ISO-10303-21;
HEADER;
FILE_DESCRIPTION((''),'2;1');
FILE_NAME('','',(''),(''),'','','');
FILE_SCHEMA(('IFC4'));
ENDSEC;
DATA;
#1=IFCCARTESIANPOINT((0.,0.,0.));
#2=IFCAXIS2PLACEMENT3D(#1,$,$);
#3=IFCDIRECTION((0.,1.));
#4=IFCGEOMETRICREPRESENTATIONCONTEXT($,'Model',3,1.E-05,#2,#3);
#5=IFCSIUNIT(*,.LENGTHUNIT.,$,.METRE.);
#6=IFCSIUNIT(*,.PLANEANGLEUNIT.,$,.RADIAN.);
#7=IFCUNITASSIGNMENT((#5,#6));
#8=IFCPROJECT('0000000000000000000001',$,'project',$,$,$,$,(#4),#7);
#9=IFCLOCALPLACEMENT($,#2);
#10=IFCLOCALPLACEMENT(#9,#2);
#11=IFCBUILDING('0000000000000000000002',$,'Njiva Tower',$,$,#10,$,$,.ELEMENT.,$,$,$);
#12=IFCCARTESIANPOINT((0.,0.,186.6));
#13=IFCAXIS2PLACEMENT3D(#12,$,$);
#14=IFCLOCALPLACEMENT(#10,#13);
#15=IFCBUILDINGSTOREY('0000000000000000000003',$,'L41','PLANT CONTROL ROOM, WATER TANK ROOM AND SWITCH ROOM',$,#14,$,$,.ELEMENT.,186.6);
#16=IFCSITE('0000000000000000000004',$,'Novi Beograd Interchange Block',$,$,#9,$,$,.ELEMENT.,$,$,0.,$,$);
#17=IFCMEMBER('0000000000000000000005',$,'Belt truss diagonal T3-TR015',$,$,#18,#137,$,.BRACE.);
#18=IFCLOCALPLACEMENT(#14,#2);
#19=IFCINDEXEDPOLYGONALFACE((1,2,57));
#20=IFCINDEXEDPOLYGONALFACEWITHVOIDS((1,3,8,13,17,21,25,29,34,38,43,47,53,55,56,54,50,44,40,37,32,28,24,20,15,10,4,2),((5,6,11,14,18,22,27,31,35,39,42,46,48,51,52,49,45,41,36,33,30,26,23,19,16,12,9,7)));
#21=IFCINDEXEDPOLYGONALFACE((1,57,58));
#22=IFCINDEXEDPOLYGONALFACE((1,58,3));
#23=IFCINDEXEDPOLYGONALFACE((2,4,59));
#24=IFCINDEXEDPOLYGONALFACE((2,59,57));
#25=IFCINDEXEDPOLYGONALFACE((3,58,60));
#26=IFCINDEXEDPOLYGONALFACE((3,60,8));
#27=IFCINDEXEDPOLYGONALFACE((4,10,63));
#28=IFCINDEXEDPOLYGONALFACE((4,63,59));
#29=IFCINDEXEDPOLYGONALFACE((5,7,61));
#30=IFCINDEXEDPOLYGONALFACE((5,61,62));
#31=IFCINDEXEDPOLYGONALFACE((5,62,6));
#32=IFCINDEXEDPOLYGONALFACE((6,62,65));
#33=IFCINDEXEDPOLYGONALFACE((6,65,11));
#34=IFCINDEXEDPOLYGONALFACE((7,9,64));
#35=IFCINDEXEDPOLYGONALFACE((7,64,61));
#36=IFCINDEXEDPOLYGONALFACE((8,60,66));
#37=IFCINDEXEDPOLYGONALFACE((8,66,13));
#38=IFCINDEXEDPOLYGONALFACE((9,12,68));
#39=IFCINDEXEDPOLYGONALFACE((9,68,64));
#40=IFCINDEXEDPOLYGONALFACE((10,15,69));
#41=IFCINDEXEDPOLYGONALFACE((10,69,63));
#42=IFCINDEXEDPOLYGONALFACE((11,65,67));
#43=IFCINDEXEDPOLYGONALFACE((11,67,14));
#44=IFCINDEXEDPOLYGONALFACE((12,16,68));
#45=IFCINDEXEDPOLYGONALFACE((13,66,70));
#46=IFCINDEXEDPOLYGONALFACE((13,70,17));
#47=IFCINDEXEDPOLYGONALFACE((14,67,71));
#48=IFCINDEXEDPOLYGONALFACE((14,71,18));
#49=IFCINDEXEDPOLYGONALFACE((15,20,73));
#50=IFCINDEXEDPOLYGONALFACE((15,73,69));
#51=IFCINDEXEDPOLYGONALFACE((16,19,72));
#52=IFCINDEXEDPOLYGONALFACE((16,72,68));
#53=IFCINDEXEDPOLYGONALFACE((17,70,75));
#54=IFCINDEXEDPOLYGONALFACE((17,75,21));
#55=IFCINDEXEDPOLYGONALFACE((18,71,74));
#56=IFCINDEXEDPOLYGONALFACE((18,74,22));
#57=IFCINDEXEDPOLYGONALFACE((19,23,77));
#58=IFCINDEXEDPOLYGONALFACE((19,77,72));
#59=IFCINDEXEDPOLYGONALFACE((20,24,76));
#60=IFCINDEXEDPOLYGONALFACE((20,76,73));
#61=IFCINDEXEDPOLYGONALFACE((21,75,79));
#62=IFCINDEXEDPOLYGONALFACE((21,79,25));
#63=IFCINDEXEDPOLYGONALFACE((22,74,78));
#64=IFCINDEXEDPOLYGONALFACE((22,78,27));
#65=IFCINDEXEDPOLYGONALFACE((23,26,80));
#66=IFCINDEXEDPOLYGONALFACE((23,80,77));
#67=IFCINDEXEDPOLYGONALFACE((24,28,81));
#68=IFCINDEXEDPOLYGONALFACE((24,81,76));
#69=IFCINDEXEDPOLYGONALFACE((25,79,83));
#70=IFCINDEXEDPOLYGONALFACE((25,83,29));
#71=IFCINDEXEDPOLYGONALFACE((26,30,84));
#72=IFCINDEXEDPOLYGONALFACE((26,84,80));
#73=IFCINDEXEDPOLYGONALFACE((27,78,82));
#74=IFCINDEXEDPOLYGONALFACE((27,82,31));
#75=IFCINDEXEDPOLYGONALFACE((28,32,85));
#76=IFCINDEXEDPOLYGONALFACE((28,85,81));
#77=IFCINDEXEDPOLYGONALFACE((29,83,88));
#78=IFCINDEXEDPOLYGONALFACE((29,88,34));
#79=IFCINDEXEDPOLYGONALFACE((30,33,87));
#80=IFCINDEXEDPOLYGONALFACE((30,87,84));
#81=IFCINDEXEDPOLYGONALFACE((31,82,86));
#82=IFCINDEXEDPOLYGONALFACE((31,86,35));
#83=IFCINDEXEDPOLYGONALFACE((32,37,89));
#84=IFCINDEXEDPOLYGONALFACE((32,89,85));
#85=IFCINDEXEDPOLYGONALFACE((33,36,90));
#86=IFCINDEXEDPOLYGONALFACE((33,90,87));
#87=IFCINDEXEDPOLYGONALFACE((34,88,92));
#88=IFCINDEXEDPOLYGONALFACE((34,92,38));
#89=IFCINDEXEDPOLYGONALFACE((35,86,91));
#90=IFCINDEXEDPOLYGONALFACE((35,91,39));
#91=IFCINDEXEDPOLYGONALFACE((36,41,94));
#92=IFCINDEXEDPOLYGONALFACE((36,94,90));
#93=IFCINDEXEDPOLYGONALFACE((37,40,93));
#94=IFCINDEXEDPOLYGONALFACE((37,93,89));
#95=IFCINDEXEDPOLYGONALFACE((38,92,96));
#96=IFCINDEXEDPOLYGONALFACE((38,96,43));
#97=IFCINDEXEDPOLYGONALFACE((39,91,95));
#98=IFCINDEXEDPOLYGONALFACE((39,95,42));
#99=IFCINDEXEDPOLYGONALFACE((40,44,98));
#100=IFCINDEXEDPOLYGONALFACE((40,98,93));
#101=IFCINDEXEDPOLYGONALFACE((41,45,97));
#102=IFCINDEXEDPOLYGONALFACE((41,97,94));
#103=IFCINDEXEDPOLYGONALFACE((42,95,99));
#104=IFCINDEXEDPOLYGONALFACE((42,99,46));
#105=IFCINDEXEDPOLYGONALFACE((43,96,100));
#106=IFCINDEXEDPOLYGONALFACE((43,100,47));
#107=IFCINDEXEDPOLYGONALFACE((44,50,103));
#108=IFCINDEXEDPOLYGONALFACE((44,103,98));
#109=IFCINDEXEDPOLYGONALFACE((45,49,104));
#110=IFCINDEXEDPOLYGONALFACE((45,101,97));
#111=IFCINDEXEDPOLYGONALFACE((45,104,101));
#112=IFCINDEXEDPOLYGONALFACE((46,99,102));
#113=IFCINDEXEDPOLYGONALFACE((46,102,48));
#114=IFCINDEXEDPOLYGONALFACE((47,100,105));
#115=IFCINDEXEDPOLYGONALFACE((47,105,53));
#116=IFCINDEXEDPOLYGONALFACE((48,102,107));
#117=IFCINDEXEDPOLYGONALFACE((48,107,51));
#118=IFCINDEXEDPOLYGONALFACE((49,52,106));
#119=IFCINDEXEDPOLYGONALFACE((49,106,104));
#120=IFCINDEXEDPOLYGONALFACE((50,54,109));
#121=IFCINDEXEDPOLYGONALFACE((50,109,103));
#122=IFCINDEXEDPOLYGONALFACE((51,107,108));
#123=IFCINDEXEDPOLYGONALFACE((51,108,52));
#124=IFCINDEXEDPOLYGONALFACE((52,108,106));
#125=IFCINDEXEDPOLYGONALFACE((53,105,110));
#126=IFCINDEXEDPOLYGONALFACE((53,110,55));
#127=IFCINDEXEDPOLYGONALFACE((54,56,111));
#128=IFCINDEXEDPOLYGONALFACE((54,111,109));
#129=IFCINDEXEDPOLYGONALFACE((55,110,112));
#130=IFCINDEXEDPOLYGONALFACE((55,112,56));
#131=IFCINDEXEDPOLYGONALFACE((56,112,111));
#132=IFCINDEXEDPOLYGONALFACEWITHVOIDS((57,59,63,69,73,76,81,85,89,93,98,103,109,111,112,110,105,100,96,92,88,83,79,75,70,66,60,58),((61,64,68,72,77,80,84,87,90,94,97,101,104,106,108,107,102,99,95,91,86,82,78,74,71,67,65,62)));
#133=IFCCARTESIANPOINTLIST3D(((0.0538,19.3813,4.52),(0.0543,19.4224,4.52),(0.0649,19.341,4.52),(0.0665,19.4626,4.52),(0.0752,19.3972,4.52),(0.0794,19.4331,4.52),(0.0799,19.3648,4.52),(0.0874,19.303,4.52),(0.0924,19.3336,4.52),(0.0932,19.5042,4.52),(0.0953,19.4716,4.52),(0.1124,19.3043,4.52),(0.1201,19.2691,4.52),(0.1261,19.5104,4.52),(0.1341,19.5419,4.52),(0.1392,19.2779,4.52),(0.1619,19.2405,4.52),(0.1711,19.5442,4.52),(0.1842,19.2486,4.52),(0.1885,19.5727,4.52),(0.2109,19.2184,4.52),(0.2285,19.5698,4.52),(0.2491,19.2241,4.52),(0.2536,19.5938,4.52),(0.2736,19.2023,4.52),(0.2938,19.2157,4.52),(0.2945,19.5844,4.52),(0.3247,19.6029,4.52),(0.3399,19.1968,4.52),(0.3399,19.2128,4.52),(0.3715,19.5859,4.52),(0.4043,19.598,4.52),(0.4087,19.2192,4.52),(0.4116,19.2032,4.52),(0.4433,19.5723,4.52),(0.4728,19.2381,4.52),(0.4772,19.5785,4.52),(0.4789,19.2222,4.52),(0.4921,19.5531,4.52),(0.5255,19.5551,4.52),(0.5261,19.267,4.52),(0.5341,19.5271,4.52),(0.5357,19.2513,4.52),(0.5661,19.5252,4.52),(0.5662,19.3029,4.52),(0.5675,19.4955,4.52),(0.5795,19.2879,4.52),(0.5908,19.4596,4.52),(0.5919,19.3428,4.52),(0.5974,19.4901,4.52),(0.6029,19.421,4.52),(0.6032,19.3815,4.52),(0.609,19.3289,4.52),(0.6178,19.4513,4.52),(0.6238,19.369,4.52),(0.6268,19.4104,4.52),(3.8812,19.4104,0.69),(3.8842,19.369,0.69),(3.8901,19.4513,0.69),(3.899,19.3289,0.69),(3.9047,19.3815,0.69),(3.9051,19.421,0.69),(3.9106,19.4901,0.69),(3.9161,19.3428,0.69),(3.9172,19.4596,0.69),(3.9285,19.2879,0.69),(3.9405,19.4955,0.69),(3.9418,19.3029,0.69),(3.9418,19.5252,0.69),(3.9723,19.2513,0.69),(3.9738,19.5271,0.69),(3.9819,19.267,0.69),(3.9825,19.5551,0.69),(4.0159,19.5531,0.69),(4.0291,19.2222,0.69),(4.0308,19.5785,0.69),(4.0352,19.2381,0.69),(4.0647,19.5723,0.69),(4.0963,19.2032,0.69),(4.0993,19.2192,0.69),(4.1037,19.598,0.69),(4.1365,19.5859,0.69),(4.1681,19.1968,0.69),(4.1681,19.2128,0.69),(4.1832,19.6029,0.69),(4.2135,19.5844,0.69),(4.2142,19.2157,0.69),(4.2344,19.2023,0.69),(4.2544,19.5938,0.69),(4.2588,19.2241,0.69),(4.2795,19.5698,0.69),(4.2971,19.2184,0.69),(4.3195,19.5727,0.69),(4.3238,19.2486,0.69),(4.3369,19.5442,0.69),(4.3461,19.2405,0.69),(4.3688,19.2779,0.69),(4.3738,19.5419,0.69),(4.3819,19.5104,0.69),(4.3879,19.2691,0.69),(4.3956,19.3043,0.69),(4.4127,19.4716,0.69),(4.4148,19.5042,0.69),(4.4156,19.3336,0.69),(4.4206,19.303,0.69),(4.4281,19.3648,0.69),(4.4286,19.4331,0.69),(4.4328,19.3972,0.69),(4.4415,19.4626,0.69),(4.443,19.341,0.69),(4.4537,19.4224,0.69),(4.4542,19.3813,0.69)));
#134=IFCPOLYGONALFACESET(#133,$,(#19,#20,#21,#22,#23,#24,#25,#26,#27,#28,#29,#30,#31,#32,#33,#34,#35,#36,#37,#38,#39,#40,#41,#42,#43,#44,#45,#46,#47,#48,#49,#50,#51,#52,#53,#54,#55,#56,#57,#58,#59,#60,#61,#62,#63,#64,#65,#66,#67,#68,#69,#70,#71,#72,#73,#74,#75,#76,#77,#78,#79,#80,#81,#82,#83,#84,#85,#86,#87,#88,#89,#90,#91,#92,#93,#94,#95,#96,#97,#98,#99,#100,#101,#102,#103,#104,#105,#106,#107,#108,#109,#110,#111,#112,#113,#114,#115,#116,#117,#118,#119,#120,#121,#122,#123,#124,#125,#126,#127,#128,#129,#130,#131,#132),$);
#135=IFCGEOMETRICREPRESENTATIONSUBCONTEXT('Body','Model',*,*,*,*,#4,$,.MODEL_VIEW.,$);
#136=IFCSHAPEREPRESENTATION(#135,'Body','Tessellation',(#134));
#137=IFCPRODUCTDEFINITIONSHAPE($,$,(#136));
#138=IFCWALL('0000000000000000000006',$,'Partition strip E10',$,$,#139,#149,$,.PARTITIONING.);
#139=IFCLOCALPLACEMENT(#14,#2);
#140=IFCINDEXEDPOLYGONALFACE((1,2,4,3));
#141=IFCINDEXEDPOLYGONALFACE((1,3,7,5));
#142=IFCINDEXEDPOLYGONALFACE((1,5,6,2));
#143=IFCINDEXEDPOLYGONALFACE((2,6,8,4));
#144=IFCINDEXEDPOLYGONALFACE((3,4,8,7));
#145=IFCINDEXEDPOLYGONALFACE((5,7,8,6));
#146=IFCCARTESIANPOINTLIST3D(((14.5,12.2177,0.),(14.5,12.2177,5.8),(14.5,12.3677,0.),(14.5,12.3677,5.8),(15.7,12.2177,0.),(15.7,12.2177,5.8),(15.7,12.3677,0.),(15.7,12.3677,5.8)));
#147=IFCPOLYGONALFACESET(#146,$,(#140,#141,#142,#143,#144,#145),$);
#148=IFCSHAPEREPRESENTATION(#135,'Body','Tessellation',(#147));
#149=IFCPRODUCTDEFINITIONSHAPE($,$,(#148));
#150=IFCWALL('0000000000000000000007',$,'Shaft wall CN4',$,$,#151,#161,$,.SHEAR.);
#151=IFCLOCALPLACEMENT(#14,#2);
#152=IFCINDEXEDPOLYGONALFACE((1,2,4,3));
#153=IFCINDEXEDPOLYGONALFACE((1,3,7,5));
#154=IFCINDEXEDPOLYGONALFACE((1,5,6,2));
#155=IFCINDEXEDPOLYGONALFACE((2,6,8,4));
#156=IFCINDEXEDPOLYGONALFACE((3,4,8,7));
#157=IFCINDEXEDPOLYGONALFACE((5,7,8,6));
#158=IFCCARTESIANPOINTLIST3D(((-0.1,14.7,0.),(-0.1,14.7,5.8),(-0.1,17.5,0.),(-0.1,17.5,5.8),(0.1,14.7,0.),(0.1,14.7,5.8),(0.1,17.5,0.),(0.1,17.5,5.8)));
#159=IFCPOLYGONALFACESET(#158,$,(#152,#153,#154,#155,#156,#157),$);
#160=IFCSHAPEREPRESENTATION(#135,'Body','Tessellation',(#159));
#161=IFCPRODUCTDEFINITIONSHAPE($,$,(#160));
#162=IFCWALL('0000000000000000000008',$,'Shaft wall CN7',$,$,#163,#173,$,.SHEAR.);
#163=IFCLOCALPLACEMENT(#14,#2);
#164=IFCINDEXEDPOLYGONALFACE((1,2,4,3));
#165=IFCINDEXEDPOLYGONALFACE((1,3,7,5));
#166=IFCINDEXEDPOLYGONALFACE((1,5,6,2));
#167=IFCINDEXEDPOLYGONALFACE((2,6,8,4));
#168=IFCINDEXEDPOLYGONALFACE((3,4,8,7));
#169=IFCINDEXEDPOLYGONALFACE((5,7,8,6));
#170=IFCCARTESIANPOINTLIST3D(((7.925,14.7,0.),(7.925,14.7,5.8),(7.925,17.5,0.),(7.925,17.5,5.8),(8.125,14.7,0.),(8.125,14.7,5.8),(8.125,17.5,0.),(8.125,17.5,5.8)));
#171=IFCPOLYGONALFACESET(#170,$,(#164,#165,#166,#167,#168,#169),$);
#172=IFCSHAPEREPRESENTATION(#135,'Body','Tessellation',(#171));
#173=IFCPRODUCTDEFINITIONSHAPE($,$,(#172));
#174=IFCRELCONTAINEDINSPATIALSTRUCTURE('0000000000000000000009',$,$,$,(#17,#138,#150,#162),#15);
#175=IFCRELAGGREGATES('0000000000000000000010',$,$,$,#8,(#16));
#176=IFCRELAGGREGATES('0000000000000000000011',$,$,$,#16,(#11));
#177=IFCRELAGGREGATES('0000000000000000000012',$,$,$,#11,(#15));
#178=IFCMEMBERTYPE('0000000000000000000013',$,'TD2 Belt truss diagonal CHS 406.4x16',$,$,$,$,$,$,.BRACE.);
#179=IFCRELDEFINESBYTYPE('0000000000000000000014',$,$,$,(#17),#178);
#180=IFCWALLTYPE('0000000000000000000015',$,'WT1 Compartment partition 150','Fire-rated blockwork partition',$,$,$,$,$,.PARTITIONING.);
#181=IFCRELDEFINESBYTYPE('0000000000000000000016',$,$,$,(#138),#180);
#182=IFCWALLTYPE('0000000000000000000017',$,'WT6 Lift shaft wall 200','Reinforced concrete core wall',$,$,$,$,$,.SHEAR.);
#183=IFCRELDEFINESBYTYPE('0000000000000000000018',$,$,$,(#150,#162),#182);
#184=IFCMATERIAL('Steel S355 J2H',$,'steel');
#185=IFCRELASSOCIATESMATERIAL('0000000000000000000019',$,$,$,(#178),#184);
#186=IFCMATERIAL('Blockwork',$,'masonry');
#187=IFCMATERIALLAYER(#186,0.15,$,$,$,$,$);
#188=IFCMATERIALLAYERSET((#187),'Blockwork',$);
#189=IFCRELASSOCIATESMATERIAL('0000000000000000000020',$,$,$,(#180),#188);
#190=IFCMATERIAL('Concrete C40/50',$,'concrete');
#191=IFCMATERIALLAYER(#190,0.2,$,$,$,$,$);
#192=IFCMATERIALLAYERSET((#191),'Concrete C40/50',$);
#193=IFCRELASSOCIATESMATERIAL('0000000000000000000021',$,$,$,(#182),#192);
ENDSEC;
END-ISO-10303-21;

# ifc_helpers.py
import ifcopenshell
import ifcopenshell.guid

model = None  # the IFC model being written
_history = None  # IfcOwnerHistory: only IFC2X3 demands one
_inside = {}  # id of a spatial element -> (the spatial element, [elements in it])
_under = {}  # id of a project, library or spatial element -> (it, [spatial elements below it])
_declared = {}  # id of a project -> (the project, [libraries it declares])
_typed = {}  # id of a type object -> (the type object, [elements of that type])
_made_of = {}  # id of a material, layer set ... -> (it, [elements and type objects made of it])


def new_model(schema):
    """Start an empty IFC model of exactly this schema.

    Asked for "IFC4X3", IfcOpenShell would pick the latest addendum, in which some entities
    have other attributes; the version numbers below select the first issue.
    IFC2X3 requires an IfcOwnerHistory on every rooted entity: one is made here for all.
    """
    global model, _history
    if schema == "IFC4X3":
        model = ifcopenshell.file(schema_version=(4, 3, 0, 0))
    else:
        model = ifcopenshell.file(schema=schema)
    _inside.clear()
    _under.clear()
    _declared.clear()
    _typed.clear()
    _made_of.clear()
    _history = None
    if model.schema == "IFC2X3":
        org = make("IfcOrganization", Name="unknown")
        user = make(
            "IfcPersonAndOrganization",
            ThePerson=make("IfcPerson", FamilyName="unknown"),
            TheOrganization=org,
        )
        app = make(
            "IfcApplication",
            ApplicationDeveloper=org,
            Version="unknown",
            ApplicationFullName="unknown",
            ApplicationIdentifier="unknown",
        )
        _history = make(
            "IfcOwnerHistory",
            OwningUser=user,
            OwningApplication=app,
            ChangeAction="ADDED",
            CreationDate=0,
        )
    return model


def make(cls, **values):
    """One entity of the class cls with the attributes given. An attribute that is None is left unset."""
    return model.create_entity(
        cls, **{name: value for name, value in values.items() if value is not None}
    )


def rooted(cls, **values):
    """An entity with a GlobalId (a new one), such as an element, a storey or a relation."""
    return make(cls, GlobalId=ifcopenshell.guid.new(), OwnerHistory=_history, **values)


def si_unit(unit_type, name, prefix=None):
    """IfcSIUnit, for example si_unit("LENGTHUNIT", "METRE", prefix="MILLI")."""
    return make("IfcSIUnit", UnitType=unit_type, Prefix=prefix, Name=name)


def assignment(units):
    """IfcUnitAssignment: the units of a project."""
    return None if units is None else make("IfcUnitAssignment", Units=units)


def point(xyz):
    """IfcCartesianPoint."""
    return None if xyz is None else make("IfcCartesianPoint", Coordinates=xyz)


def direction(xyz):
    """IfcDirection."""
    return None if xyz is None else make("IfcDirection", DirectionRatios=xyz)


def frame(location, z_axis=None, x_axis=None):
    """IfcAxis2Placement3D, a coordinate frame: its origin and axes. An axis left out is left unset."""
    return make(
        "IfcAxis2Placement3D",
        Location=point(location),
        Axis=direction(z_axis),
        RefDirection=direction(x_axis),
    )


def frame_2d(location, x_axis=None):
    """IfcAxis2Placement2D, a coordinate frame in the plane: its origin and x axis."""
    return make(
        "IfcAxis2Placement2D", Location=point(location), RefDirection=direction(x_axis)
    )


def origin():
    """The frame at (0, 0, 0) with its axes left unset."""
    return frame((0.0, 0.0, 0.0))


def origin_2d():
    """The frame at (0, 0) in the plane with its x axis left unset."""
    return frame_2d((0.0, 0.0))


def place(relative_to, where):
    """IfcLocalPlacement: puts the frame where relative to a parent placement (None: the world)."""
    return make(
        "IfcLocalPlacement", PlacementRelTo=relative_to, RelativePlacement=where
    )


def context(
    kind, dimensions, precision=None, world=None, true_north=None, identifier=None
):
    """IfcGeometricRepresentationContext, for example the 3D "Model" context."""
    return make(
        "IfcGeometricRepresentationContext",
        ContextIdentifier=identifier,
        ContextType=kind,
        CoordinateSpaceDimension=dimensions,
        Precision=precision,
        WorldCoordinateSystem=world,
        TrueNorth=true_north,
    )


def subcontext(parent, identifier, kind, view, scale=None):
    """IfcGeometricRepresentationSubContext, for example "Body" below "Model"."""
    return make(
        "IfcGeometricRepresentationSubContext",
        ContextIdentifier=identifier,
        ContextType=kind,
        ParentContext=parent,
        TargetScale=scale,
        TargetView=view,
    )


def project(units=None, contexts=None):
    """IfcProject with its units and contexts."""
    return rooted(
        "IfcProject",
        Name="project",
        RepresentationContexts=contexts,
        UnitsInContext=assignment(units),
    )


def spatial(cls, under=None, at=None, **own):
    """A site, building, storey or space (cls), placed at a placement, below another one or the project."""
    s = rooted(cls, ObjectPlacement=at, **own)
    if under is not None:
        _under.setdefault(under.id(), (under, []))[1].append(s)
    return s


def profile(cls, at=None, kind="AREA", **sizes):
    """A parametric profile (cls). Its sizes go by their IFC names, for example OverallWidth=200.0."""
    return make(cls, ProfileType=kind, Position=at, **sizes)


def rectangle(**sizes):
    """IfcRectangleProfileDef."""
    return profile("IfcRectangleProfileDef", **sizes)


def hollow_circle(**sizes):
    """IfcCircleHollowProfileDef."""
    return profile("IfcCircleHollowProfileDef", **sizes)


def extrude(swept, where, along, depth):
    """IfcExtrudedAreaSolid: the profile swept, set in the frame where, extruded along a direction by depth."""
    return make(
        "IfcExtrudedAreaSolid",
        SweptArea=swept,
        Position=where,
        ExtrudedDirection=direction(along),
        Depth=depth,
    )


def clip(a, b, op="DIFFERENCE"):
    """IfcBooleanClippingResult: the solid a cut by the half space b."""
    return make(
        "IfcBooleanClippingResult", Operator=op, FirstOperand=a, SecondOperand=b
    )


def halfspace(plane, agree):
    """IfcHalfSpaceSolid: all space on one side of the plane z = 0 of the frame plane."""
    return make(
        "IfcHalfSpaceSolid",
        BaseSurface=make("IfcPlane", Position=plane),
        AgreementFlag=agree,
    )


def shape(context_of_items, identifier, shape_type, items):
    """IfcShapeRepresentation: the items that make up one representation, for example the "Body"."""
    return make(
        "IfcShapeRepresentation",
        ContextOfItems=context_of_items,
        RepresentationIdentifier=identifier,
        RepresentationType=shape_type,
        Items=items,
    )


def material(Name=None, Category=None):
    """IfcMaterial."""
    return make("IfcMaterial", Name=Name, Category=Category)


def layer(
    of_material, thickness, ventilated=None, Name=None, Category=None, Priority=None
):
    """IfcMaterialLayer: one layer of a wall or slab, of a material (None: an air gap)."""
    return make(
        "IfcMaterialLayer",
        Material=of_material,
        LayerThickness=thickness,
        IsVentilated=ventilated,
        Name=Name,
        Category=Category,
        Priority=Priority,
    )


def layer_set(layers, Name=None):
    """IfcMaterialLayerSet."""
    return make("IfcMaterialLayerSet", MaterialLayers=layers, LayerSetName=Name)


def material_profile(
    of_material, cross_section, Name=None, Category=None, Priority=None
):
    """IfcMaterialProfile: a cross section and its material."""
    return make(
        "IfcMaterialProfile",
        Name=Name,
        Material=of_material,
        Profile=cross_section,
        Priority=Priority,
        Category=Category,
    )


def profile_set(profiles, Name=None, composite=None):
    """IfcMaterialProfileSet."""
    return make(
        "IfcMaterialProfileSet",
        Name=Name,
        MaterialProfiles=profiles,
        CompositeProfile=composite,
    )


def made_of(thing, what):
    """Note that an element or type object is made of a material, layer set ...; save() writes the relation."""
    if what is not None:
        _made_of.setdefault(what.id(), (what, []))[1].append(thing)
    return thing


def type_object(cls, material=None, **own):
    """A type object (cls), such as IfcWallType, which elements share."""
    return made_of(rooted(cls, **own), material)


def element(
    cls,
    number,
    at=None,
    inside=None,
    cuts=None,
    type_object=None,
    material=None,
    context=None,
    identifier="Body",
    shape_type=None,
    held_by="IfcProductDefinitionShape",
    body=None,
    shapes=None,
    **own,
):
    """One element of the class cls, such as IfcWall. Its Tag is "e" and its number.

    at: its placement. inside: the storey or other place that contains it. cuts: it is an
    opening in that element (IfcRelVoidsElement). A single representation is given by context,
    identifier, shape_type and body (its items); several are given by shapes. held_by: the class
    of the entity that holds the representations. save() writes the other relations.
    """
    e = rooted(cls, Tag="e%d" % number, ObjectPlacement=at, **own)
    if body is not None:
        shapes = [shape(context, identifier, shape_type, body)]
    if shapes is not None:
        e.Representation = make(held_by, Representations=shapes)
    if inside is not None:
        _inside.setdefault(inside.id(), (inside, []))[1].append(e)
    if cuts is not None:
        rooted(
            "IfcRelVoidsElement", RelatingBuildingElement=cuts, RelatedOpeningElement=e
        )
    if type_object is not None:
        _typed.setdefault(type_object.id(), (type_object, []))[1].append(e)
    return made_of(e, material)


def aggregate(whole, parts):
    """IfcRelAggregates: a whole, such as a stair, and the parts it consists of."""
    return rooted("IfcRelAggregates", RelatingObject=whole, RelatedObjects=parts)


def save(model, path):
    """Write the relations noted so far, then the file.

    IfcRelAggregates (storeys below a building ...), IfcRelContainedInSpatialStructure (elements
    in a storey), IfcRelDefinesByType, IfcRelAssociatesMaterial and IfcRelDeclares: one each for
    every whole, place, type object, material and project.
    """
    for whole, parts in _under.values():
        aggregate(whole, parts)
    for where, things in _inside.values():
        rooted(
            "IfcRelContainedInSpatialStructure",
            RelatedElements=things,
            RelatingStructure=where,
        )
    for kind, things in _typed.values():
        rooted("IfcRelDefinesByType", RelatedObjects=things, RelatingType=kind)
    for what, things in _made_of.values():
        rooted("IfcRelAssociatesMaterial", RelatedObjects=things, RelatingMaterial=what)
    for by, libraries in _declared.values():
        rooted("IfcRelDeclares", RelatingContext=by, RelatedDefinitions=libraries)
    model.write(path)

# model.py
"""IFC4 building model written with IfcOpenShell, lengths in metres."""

from ifc_helpers import new_model, si_unit, direction, frame, frame_2d, origin, origin_2d, place, context, subcontext, project, spatial, rectangle, hollow_circle, extrude, clip, halfspace, material, layer, layer_set, material_profile, profile_set, type_object, element, save


model = new_model("IFC4")

# Units and contexts
model_context = context("Model", 3, precision=1e-05, world=origin(), true_north=direction((0.0, 1.0)))
body_context = subcontext(model_context, "Body", "Model", "MODEL_VIEW")
ifc_project = project(units=[si_unit("LENGTHUNIT", "METRE"), si_unit("PLANEANGLEUNIT", "RADIAN")], contexts=[model_context])

# Site, building, storey
site_placement = place(None, origin())
site = spatial("IfcSite", under=ifc_project, at=site_placement, Name="Novi Beograd Interchange Block", CompositionType="ELEMENT", RefElevation=0.0)
building_placement = place(site_placement, origin())
building = spatial("IfcBuilding", under=site, at=building_placement, Name="Njiva Tower", CompositionType="ELEMENT")
storey_placement = place(building_placement, frame((0.0, 0.0, 186.6)))
storey = spatial("IfcBuildingStorey", under=building, at=storey_placement, Name="L41", Description="PLANT CONTROL ROOM, WATER TANK ROOM AND SWITCH ROOM", CompositionType="ELEMENT", Elevation=186.6)

# Member
ifc_material_1 = material(Name="Steel S355 J2H", Category="steel")
ifc_material_profile_1 = material_profile(ifc_material_1, hollow_circle(Radius=0.2032, WallThickness=0.016, at=origin_2d()), Name="CHS 406.4x16")
ifc_profile_set_1 = profile_set([ifc_material_profile_1], Name="Steel S355 J2H")
member_type_1 = type_object("IfcMemberType", Name="TD2 Belt truss diagonal CHS 406.4x16", PredefinedType="BRACE", material=ifc_profile_set_1)
member_1_placement = place(storey_placement, frame((4.6741, 19.4, 0.1838), z_axis=(-0.70695, 0.0, 0.707264), x_axis=(0.0, -1.0, 0.0)))
element("IfcMember", 1, at=member_1_placement, inside=storey, type_object=member_type_1, Name="Belt truss diagonal T3-TR015", PredefinedType="BRACE", context=body_context, shape_type="Clipping", body=[
    clip(clip(extrude(hollow_circle(Radius=0.2032, WallThickness=0.016, at=origin_2d()), origin(), (0.0, 0.0, 1.0), 6.8467), halfspace(frame((19.4, -2.948, 3.6624), z_axis=(0.0, -0.70695, -0.707264), x_axis=(0.0, -0.707264, 0.70695)), False)), halfspace(frame((19.4, -0.2404, 6.3712), z_axis=(0.0, 0.70695, 0.707264), x_axis=(0.0, 0.707264, -0.70695)), False)),
])

# Walls
ifc_material_2 = material(Name="Blockwork", Category="masonry")
ifc_layer_1 = layer(ifc_material_2, 0.15)
ifc_layer_set_1 = layer_set([ifc_layer_1], Name="Blockwork")
wall_type_1 = type_object("IfcWallType", Name="WT1 Compartment partition 150", Description="Fire-rated blockwork partition", PredefinedType="PARTITIONING", material=ifc_layer_set_1)
wall_placement = place(storey_placement, frame((14.5, 12.2927, 0.0), z_axis=(0.0, 0.0, 1.0), x_axis=(1.0, 0.0, 0.0)))
element("IfcWall", 2, at=wall_placement, inside=storey, type_object=wall_type_1, Name="Partition strip E10", PredefinedType="PARTITIONING", context=body_context, shape_type="SweptSolid", body=[
    extrude(rectangle(XDim=1.2, YDim=0.15, at=frame_2d((0.6, 0.0))), origin(), (0.0, 0.0, 1.0), 5.8),
])
ifc_material_3 = material(Name="Concrete C40/50", Category="concrete")
ifc_layer_2 = layer(ifc_material_3, 0.2)
ifc_layer_set_2 = layer_set([ifc_layer_2], Name="Concrete C40/50")
wall_type_2 = type_object("IfcWallType", Name="WT6 Lift shaft wall 200", Description="Reinforced concrete core wall", PredefinedType="SHEAR", material=ifc_layer_set_2)
for number, where, z_axis, x_axis, name in (
    (3, (0.0, 14.7, 0.0), (0.0, 0.0, 1.0), (0.0, 1.0, 0.0), "Shaft wall CN4"),
    (4, (8.025, 14.7, 0.0), (0.0, 0.0, 1.0), (0.0, 1.0, 0.0), "Shaft wall CN7"),
):
    element("IfcWall", number, at=place(storey_placement, frame(where, z_axis=z_axis, x_axis=x_axis)), inside=storey, type_object=wall_type_2, Name=name, PredefinedType="SHEAR", context=body_context, shape_type="SweptSolid", body=[
        extrude(rectangle(XDim=2.8, YDim=0.2, at=frame_2d((1.4, 0.0))), origin(), (0.0, 0.0, 1.0), 5.8),
    ])

save(model, "model.ifc")
